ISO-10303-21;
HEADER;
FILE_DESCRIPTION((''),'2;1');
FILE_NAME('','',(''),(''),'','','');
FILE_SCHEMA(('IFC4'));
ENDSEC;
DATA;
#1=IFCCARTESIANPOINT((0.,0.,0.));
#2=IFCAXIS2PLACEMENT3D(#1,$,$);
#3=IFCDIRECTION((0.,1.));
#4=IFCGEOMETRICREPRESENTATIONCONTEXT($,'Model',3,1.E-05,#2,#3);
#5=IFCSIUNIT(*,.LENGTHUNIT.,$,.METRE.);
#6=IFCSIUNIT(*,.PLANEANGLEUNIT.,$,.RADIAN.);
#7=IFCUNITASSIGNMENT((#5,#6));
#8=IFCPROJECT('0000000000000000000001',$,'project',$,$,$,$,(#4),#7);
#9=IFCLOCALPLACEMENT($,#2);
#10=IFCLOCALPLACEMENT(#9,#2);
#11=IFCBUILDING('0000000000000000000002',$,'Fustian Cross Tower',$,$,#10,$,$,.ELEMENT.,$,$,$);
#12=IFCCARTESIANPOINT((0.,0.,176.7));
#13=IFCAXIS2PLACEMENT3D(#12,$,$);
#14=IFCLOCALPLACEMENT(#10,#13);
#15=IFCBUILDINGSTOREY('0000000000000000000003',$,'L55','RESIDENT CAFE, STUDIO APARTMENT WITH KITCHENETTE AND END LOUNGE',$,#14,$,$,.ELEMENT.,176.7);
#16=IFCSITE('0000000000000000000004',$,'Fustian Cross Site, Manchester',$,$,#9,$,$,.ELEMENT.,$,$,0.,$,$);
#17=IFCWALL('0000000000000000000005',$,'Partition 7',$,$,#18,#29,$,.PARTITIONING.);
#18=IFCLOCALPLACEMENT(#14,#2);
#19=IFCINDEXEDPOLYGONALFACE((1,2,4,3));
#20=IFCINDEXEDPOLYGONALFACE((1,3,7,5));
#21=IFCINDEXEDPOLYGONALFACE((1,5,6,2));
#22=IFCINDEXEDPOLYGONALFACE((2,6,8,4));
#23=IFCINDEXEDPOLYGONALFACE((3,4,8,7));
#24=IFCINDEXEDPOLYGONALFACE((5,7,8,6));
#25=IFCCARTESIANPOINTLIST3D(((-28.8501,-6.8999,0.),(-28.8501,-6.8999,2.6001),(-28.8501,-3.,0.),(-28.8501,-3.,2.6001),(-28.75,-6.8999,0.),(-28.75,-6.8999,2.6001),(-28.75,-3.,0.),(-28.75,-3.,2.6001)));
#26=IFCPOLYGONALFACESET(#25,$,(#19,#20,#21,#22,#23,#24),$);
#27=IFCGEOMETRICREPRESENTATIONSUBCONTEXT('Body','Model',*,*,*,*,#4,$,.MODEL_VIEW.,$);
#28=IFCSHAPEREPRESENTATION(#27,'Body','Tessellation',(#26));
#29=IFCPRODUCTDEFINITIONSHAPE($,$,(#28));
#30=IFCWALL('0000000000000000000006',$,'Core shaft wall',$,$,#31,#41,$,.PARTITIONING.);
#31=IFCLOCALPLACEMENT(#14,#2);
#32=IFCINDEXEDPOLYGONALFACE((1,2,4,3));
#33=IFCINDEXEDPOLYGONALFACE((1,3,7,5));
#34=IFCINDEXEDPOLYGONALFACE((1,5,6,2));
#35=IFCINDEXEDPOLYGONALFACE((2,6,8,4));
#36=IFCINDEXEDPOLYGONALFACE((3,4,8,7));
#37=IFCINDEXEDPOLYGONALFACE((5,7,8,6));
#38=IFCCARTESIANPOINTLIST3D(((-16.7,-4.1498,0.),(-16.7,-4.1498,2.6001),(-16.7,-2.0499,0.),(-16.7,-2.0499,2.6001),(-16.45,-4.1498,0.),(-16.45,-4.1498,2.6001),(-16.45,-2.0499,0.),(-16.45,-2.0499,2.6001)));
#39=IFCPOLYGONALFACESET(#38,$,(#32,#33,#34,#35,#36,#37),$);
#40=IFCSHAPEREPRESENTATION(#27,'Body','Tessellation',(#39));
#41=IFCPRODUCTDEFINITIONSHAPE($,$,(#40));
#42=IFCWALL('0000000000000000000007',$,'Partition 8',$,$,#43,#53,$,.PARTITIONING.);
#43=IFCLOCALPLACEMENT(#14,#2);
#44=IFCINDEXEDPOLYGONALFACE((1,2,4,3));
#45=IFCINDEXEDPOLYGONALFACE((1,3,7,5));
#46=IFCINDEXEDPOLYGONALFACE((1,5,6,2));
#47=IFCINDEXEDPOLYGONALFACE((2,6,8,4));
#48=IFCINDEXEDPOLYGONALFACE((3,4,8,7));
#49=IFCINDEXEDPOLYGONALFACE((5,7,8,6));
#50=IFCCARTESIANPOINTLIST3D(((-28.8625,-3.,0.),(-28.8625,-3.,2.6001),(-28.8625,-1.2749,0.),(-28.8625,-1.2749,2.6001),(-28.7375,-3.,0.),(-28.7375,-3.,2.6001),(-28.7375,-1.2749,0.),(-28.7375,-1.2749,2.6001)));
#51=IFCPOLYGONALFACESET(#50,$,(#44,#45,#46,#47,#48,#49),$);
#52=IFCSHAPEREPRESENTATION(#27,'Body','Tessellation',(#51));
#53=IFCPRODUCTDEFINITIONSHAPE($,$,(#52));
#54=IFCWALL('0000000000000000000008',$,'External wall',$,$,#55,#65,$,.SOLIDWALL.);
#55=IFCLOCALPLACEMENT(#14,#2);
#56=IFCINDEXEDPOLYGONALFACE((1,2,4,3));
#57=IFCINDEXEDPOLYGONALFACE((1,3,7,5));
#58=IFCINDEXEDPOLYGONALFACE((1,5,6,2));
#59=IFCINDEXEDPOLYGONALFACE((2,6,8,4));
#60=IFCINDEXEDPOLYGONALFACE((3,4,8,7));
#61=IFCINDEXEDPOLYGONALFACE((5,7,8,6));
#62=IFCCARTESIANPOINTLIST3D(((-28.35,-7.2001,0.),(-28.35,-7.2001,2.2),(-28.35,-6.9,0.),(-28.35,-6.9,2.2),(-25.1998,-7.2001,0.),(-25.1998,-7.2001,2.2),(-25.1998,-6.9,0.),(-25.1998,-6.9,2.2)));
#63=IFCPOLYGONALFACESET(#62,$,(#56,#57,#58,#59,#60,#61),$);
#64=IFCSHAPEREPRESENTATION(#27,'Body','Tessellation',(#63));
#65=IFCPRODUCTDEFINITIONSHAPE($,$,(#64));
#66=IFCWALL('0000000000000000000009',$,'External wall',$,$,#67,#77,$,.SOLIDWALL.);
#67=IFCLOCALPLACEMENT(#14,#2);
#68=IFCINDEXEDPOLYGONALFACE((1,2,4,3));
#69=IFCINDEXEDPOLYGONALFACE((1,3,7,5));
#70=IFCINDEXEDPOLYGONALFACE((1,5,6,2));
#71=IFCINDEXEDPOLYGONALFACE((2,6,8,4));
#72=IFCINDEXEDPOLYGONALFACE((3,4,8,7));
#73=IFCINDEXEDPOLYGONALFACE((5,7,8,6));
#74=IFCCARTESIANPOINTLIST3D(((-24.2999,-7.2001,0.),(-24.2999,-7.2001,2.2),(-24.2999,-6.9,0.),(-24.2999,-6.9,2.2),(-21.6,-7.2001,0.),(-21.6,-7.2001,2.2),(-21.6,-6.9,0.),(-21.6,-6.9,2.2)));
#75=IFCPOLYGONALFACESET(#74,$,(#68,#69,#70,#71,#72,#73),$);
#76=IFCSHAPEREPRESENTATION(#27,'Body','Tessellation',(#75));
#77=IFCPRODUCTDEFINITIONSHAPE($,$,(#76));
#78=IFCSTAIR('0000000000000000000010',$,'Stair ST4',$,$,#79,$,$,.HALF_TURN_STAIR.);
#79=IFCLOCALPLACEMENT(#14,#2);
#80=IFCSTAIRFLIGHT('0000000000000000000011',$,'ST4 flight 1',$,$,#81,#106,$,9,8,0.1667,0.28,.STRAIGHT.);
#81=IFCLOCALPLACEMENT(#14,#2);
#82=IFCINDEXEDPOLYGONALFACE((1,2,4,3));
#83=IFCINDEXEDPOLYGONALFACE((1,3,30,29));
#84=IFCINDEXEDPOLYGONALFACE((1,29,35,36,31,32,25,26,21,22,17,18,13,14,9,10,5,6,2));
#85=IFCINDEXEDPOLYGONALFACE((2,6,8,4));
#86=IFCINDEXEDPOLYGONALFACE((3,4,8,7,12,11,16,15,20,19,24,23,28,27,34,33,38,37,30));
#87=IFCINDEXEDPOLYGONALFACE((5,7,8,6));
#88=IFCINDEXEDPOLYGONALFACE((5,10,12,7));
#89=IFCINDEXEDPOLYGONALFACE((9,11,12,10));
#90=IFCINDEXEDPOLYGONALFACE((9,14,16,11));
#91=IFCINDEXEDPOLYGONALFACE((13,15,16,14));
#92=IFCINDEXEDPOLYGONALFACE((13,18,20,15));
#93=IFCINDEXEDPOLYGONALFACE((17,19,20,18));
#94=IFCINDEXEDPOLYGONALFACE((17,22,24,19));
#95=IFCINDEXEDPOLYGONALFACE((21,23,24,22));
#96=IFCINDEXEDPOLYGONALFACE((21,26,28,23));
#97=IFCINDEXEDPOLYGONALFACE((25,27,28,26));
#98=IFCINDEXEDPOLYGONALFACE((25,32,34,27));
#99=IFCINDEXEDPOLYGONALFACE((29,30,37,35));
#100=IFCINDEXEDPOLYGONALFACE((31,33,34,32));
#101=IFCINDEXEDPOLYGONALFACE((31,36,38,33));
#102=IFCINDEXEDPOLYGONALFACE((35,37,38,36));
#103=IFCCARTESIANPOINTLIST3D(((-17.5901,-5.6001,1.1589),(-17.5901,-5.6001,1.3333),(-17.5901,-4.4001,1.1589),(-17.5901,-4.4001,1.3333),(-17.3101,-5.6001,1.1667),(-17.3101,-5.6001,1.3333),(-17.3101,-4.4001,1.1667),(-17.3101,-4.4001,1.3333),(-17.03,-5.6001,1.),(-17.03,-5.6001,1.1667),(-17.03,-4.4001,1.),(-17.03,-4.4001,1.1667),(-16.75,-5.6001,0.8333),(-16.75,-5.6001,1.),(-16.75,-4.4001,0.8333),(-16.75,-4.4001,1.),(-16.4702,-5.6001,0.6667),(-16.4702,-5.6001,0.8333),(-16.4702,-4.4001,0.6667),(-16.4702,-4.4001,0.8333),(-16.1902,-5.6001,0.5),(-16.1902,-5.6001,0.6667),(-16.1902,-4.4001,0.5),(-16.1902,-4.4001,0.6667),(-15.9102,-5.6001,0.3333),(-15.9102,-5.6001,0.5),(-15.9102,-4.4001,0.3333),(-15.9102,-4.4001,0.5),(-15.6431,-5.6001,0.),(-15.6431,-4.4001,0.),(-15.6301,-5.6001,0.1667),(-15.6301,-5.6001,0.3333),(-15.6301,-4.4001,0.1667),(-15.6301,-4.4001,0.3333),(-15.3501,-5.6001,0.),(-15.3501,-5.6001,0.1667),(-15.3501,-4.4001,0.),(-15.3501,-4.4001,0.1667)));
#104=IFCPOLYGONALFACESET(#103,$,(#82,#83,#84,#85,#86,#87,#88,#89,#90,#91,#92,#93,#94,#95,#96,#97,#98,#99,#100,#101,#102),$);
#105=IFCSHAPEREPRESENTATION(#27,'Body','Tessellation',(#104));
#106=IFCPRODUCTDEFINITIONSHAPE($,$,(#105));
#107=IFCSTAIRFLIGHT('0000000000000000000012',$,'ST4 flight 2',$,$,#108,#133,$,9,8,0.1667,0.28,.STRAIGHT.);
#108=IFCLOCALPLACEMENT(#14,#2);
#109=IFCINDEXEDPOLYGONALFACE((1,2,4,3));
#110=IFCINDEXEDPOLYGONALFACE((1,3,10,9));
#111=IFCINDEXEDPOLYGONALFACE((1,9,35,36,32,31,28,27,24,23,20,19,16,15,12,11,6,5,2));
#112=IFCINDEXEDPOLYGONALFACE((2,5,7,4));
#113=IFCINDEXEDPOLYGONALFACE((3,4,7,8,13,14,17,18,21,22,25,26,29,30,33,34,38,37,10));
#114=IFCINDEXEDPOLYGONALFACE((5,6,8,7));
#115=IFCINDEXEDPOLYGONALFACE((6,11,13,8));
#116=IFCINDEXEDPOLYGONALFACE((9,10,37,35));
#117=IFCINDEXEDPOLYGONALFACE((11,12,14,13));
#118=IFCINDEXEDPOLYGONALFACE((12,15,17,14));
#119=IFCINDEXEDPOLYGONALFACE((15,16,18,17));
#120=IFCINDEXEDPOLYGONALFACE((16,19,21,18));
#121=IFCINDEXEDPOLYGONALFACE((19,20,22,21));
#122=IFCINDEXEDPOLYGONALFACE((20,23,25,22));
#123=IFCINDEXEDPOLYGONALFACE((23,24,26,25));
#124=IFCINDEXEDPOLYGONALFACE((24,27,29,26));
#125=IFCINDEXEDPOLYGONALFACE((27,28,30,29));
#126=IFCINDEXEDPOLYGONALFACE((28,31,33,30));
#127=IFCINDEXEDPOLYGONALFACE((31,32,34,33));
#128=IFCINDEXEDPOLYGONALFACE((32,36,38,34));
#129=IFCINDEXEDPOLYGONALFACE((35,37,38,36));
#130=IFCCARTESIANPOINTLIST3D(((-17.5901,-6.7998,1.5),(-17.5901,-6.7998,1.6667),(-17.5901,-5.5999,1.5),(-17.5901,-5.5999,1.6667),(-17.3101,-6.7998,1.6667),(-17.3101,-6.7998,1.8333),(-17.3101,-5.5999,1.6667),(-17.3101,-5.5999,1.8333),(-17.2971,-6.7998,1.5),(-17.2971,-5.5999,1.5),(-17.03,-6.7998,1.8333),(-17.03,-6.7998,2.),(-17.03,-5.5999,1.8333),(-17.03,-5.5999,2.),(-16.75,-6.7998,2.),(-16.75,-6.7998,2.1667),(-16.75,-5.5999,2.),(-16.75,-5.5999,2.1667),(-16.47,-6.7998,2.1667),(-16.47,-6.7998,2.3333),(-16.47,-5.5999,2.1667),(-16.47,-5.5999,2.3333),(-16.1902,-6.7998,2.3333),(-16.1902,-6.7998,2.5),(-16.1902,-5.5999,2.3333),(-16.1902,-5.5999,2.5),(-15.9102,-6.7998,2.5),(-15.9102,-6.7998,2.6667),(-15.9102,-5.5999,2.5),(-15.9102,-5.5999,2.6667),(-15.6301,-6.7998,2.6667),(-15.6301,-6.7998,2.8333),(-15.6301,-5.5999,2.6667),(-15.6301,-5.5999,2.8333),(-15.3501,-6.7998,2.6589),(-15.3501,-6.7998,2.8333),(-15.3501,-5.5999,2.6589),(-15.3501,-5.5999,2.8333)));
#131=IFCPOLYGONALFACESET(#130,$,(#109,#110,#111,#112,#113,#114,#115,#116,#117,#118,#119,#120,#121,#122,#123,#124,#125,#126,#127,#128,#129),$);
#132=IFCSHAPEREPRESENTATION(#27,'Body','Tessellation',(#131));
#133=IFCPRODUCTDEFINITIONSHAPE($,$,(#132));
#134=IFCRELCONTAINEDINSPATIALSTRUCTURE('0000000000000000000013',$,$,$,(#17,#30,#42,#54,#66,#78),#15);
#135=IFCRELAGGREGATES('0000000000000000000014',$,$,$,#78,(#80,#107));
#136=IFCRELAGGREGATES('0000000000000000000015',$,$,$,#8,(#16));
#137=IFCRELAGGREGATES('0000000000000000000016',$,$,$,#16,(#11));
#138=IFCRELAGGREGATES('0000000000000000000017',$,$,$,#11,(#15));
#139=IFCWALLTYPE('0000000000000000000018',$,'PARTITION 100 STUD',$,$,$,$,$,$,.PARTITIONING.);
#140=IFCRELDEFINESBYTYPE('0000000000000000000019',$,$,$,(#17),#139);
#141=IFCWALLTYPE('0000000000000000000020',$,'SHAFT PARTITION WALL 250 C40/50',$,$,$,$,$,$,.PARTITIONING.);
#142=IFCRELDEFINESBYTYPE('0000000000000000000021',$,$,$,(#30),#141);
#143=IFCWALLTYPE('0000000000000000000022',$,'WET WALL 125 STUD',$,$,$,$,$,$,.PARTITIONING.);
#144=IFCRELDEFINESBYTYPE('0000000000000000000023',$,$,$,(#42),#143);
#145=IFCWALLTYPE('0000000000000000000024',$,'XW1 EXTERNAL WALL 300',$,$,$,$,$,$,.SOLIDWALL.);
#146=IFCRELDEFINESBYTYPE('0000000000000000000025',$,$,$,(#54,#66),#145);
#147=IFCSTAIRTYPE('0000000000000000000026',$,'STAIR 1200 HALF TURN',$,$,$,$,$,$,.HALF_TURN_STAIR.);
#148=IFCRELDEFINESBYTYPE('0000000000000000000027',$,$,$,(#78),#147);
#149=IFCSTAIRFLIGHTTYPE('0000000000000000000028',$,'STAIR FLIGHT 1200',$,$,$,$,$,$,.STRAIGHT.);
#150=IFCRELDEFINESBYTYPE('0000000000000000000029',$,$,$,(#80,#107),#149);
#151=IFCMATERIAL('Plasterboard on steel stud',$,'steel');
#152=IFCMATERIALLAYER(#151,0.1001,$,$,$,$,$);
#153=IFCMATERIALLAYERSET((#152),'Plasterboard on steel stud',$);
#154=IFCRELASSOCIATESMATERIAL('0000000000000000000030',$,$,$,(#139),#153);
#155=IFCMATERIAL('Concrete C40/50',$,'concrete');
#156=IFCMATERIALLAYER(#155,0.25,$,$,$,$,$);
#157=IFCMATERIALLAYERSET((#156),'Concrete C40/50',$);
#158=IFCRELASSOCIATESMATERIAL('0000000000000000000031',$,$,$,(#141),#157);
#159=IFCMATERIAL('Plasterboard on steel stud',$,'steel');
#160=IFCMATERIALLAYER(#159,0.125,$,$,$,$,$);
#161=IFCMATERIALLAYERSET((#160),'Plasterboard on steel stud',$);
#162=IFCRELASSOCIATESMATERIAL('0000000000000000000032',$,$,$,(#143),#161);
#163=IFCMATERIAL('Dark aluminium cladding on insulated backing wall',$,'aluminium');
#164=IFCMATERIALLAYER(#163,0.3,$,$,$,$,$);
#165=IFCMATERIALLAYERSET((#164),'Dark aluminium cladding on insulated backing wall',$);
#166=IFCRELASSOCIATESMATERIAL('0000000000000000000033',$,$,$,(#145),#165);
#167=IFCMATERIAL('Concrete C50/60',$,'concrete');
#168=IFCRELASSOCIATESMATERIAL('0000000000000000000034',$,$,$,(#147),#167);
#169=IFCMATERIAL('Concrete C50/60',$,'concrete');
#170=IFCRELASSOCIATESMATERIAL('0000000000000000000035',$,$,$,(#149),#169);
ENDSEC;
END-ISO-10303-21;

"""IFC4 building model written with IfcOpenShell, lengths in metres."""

from ifc_helpers import new_model, si_unit, direction, frame, frame_2d, origin, place, context, subcontext, project, spatial, polyline, rectangle, outline, extrude, material, layer, layer_set, type_object, element, aggregate, save


model = new_model("IFC4")

# Units and contexts
model_context = context("Model", 3, precision=1e-05, world=origin(), true_north=direction((0.0, 1.0)))
body_context = subcontext(model_context, "Body", "Model", "MODEL_VIEW")
ifc_project = project(units=[si_unit("LENGTHUNIT", "METRE"), si_unit("PLANEANGLEUNIT", "RADIAN")], contexts=[model_context])

# Site, building, storey
site_placement = place(None, origin())
site = spatial("IfcSite", under=ifc_project, at=site_placement, Name="Fustian Cross Site, Manchester", CompositionType="ELEMENT", RefElevation=0.0)
building_placement = place(site_placement, origin())
building = spatial("IfcBuilding", under=site, at=building_placement, Name="Fustian Cross Tower", CompositionType="ELEMENT")
storey_placement = place(building_placement, frame((0.0, 0.0, 176.7)))
storey = spatial("IfcBuildingStorey", under=building, at=storey_placement, Name="L55", Description="RESIDENT CAFE, STUDIO APARTMENT WITH KITCHENETTE AND END LOUNGE", CompositionType="ELEMENT", Elevation=176.7)

# Shared definitions
ifc_material_1 = material(Name="Plasterboard on steel stud", Category="steel")
ifc_layer_1 = layer(ifc_material_1, 0.1001)
ifc_layer_set_1 = layer_set([ifc_layer_1], Name="Plasterboard on steel stud")
wall_type_1 = type_object("IfcWallType", Name="PARTITION 100 STUD", PredefinedType="PARTITIONING", material=ifc_layer_set_1)

# Walls
wall_1_placement = place(storey_placement, frame((-28.8, -6.8999, 0.0), z_axis=(0.0, 0.0, 1.0), x_axis=(0.0, 1.0, 0.0)))
element("IfcWall", 1, at=wall_1_placement, inside=storey, type_object=wall_type_1, Name="Partition 7", PredefinedType="PARTITIONING", context=body_context, shape_type="SweptSolid", body=[
    extrude(rectangle(XDim=3.8999, YDim=0.1001, at=frame_2d((1.95, 0.0))), origin(), (0.0, 0.0, 1.0), 2.6001),
])
ifc_material_2 = material(Name="Concrete C40/50", Category="concrete")
ifc_layer_2 = layer(ifc_material_2, 0.25)
ifc_layer_set_2 = layer_set([ifc_layer_2], Name="Concrete C40/50")
wall_type_2 = type_object("IfcWallType", Name="SHAFT PARTITION WALL 250 C40/50", PredefinedType="PARTITIONING", material=ifc_layer_set_2)
wall_2_placement = place(storey_placement, frame((-16.575, -2.05, 0.0), z_axis=(0.0, 0.0, 1.0), x_axis=(0.0, -1.0, 0.0)))
element("IfcWall", 2, at=wall_2_placement, inside=storey, type_object=wall_type_2, Name="Core shaft wall", PredefinedType="PARTITIONING", context=body_context, shape_type="SweptSolid", body=[
    extrude(rectangle(XDim=2.0999, YDim=0.25, at=frame_2d((1.0498, 0.0))), origin(), (0.0, 0.0, 1.0), 2.6001),
])
ifc_material_3 = material(Name="Plasterboard on steel stud", Category="steel")
ifc_layer_3 = layer(ifc_material_3, 0.125)
ifc_layer_set_3 = layer_set([ifc_layer_3], Name="Plasterboard on steel stud")
wall_type_3 = type_object("IfcWallType", Name="WET WALL 125 STUD", PredefinedType="PARTITIONING", material=ifc_layer_set_3)
wall_3_placement = place(storey_placement, frame((-28.8, -3.0, 0.0), z_axis=(0.0, 0.0, 1.0), x_axis=(0.0, 1.0, 0.0)))
element("IfcWall", 3, at=wall_3_placement, inside=storey, type_object=wall_type_3, Name="Partition 8", PredefinedType="PARTITIONING", context=body_context, shape_type="SweptSolid", body=[
    extrude(rectangle(XDim=1.7251, YDim=0.125, at=frame_2d((0.8625, 0.0))), origin(), (0.0, 0.0, 1.0), 2.6001),
])
ifc_material_4 = material(Name="Dark aluminium cladding on insulated backing wall", Category="aluminium")
ifc_layer_4 = layer(ifc_material_4, 0.3)
ifc_layer_set_4 = layer_set([ifc_layer_4], Name="Dark aluminium cladding on insulated backing wall")
wall_type_4 = type_object("IfcWallType", Name="XW1 EXTERNAL WALL 300", PredefinedType="SOLIDWALL", material=ifc_layer_set_4)
wall_4_placement = place(storey_placement, frame((-28.3501, -7.05, 0.0), z_axis=(0.0, 0.0, 1.0), x_axis=(1.0, 0.0, 0.0)))
element("IfcWall", 4, at=wall_4_placement, inside=storey, type_object=wall_type_4, Name="External wall", PredefinedType="SOLIDWALL", context=body_context, shape_type="SweptSolid", body=[
    extrude(rectangle(XDim=3.1501, YDim=0.3, at=frame_2d((1.5752, 0.0))), origin(), (0.0, 0.0, 1.0), 2.2),
])
wall_5_placement = place(storey_placement, frame((-24.3, -7.05, 0.0), z_axis=(0.0, 0.0, 1.0), x_axis=(1.0, 0.0, 0.0)))
element("IfcWall", 5, at=wall_5_placement, inside=storey, type_object=wall_type_4, Name="External wall", PredefinedType="SOLIDWALL", context=body_context, shape_type="SweptSolid", body=[
    extrude(rectangle(XDim=2.7, YDim=0.3, at=frame_2d((1.3501, 0.0))), origin(), (0.0, 0.0, 1.0), 2.2),
])

# Stair, stair flights
ifc_material_5 = material(Name="Concrete C50/60", Category="concrete")
stair_type = type_object("IfcStairType", Name="STAIR 1200 HALF TURN", PredefinedType="HALF_TURN_STAIR", material=ifc_material_5)
stair_placement = place(storey_placement, origin())
stair = element("IfcStair", 6, at=stair_placement, inside=storey, type_object=stair_type, Name="Stair ST4", PredefinedType="HALF_TURN_STAIR")
ifc_material_6 = material(Name="Concrete C50/60", Category="concrete")
stair_flight_type = type_object("IfcStairFlightType", Name="STAIR FLIGHT 1200", PredefinedType="STRAIGHT", material=ifc_material_6)
stair_flight_1_placement = place(storey_placement, frame((-15.3501, -5.0, 0.0), z_axis=(0.0, 0.0, 1.0), x_axis=(-1.0, 0.0, 0.0)))
stair_flight_1 = element("IfcStairFlight", 7, at=stair_flight_1_placement, type_object=stair_flight_type, Name="ST4 flight 1", NumberOfRisers=9, NumberOfTreads=8, PredefinedType="STRAIGHT", RiserHeight=0.1667, TreadLength=0.28, context=body_context, shape_type="SweptSolid", body=[
    extrude(outline(polyline([(0.0, 0.0), (0.0, 0.1667), (0.28, 0.1667), (0.28, 0.3333), (0.5601, 0.3333), (0.5601, 0.5), (0.8401, 0.5), (0.8401, 0.6667), (1.1201, 0.6667), (1.1201, 0.8333), (1.3999, 0.8333), (1.3999, 1.0), (1.6799, 1.0), (1.6799, 1.1667), (1.96, 1.1667), (1.96, 1.3333), (2.24, 1.3333), (2.24, 1.5), (2.24, 1.1589), (0.293, 0.0), (0.0, 0.0)])), frame((0.0, 0.6001, 0.0), z_axis=(0.0, -1.0, 0.0), x_axis=(1.0, 0.0, 0.0)), (0.0, 0.0, 1.0), 1.2),
])
stair_flight_2_placement = place(storey_placement, frame((-17.5901, -6.2, 1.5), z_axis=(0.0, 0.0, 1.0), x_axis=(1.0, 0.0, 0.0)))
stair_flight_2 = element("IfcStairFlight", 8, at=stair_flight_2_placement, type_object=stair_flight_type, Name="ST4 flight 2", NumberOfRisers=9, NumberOfTreads=8, PredefinedType="STRAIGHT", RiserHeight=0.1667, TreadLength=0.28, context=body_context, shape_type="SweptSolid", body=[
    extrude(outline(polyline([(0.0, 0.0), (0.0, 0.1667), (0.28, 0.1667), (0.28, 0.3333), (0.5601, 0.3333), (0.5601, 0.5), (0.8401, 0.5), (0.8401, 0.6667), (1.1201, 0.6667), (1.1201, 0.8333), (1.3999, 0.8333), (1.3999, 1.0), (1.6799, 1.0), (1.6799, 1.1667), (1.96, 1.1667), (1.96, 1.3333), (2.24, 1.3333), (2.24, 1.5), (2.24, 1.1589), (0.293, 0.0), (0.0, 0.0)])), frame((0.0, 0.6001, 0.0), z_axis=(0.0, -1.0, 0.0), x_axis=(1.0, 0.0, 0.0)), (0.0, 0.0, 1.0), 1.2),
])
aggregate(stair, [stair_flight_1, stair_flight_2])

save(model, "model.ifc")
